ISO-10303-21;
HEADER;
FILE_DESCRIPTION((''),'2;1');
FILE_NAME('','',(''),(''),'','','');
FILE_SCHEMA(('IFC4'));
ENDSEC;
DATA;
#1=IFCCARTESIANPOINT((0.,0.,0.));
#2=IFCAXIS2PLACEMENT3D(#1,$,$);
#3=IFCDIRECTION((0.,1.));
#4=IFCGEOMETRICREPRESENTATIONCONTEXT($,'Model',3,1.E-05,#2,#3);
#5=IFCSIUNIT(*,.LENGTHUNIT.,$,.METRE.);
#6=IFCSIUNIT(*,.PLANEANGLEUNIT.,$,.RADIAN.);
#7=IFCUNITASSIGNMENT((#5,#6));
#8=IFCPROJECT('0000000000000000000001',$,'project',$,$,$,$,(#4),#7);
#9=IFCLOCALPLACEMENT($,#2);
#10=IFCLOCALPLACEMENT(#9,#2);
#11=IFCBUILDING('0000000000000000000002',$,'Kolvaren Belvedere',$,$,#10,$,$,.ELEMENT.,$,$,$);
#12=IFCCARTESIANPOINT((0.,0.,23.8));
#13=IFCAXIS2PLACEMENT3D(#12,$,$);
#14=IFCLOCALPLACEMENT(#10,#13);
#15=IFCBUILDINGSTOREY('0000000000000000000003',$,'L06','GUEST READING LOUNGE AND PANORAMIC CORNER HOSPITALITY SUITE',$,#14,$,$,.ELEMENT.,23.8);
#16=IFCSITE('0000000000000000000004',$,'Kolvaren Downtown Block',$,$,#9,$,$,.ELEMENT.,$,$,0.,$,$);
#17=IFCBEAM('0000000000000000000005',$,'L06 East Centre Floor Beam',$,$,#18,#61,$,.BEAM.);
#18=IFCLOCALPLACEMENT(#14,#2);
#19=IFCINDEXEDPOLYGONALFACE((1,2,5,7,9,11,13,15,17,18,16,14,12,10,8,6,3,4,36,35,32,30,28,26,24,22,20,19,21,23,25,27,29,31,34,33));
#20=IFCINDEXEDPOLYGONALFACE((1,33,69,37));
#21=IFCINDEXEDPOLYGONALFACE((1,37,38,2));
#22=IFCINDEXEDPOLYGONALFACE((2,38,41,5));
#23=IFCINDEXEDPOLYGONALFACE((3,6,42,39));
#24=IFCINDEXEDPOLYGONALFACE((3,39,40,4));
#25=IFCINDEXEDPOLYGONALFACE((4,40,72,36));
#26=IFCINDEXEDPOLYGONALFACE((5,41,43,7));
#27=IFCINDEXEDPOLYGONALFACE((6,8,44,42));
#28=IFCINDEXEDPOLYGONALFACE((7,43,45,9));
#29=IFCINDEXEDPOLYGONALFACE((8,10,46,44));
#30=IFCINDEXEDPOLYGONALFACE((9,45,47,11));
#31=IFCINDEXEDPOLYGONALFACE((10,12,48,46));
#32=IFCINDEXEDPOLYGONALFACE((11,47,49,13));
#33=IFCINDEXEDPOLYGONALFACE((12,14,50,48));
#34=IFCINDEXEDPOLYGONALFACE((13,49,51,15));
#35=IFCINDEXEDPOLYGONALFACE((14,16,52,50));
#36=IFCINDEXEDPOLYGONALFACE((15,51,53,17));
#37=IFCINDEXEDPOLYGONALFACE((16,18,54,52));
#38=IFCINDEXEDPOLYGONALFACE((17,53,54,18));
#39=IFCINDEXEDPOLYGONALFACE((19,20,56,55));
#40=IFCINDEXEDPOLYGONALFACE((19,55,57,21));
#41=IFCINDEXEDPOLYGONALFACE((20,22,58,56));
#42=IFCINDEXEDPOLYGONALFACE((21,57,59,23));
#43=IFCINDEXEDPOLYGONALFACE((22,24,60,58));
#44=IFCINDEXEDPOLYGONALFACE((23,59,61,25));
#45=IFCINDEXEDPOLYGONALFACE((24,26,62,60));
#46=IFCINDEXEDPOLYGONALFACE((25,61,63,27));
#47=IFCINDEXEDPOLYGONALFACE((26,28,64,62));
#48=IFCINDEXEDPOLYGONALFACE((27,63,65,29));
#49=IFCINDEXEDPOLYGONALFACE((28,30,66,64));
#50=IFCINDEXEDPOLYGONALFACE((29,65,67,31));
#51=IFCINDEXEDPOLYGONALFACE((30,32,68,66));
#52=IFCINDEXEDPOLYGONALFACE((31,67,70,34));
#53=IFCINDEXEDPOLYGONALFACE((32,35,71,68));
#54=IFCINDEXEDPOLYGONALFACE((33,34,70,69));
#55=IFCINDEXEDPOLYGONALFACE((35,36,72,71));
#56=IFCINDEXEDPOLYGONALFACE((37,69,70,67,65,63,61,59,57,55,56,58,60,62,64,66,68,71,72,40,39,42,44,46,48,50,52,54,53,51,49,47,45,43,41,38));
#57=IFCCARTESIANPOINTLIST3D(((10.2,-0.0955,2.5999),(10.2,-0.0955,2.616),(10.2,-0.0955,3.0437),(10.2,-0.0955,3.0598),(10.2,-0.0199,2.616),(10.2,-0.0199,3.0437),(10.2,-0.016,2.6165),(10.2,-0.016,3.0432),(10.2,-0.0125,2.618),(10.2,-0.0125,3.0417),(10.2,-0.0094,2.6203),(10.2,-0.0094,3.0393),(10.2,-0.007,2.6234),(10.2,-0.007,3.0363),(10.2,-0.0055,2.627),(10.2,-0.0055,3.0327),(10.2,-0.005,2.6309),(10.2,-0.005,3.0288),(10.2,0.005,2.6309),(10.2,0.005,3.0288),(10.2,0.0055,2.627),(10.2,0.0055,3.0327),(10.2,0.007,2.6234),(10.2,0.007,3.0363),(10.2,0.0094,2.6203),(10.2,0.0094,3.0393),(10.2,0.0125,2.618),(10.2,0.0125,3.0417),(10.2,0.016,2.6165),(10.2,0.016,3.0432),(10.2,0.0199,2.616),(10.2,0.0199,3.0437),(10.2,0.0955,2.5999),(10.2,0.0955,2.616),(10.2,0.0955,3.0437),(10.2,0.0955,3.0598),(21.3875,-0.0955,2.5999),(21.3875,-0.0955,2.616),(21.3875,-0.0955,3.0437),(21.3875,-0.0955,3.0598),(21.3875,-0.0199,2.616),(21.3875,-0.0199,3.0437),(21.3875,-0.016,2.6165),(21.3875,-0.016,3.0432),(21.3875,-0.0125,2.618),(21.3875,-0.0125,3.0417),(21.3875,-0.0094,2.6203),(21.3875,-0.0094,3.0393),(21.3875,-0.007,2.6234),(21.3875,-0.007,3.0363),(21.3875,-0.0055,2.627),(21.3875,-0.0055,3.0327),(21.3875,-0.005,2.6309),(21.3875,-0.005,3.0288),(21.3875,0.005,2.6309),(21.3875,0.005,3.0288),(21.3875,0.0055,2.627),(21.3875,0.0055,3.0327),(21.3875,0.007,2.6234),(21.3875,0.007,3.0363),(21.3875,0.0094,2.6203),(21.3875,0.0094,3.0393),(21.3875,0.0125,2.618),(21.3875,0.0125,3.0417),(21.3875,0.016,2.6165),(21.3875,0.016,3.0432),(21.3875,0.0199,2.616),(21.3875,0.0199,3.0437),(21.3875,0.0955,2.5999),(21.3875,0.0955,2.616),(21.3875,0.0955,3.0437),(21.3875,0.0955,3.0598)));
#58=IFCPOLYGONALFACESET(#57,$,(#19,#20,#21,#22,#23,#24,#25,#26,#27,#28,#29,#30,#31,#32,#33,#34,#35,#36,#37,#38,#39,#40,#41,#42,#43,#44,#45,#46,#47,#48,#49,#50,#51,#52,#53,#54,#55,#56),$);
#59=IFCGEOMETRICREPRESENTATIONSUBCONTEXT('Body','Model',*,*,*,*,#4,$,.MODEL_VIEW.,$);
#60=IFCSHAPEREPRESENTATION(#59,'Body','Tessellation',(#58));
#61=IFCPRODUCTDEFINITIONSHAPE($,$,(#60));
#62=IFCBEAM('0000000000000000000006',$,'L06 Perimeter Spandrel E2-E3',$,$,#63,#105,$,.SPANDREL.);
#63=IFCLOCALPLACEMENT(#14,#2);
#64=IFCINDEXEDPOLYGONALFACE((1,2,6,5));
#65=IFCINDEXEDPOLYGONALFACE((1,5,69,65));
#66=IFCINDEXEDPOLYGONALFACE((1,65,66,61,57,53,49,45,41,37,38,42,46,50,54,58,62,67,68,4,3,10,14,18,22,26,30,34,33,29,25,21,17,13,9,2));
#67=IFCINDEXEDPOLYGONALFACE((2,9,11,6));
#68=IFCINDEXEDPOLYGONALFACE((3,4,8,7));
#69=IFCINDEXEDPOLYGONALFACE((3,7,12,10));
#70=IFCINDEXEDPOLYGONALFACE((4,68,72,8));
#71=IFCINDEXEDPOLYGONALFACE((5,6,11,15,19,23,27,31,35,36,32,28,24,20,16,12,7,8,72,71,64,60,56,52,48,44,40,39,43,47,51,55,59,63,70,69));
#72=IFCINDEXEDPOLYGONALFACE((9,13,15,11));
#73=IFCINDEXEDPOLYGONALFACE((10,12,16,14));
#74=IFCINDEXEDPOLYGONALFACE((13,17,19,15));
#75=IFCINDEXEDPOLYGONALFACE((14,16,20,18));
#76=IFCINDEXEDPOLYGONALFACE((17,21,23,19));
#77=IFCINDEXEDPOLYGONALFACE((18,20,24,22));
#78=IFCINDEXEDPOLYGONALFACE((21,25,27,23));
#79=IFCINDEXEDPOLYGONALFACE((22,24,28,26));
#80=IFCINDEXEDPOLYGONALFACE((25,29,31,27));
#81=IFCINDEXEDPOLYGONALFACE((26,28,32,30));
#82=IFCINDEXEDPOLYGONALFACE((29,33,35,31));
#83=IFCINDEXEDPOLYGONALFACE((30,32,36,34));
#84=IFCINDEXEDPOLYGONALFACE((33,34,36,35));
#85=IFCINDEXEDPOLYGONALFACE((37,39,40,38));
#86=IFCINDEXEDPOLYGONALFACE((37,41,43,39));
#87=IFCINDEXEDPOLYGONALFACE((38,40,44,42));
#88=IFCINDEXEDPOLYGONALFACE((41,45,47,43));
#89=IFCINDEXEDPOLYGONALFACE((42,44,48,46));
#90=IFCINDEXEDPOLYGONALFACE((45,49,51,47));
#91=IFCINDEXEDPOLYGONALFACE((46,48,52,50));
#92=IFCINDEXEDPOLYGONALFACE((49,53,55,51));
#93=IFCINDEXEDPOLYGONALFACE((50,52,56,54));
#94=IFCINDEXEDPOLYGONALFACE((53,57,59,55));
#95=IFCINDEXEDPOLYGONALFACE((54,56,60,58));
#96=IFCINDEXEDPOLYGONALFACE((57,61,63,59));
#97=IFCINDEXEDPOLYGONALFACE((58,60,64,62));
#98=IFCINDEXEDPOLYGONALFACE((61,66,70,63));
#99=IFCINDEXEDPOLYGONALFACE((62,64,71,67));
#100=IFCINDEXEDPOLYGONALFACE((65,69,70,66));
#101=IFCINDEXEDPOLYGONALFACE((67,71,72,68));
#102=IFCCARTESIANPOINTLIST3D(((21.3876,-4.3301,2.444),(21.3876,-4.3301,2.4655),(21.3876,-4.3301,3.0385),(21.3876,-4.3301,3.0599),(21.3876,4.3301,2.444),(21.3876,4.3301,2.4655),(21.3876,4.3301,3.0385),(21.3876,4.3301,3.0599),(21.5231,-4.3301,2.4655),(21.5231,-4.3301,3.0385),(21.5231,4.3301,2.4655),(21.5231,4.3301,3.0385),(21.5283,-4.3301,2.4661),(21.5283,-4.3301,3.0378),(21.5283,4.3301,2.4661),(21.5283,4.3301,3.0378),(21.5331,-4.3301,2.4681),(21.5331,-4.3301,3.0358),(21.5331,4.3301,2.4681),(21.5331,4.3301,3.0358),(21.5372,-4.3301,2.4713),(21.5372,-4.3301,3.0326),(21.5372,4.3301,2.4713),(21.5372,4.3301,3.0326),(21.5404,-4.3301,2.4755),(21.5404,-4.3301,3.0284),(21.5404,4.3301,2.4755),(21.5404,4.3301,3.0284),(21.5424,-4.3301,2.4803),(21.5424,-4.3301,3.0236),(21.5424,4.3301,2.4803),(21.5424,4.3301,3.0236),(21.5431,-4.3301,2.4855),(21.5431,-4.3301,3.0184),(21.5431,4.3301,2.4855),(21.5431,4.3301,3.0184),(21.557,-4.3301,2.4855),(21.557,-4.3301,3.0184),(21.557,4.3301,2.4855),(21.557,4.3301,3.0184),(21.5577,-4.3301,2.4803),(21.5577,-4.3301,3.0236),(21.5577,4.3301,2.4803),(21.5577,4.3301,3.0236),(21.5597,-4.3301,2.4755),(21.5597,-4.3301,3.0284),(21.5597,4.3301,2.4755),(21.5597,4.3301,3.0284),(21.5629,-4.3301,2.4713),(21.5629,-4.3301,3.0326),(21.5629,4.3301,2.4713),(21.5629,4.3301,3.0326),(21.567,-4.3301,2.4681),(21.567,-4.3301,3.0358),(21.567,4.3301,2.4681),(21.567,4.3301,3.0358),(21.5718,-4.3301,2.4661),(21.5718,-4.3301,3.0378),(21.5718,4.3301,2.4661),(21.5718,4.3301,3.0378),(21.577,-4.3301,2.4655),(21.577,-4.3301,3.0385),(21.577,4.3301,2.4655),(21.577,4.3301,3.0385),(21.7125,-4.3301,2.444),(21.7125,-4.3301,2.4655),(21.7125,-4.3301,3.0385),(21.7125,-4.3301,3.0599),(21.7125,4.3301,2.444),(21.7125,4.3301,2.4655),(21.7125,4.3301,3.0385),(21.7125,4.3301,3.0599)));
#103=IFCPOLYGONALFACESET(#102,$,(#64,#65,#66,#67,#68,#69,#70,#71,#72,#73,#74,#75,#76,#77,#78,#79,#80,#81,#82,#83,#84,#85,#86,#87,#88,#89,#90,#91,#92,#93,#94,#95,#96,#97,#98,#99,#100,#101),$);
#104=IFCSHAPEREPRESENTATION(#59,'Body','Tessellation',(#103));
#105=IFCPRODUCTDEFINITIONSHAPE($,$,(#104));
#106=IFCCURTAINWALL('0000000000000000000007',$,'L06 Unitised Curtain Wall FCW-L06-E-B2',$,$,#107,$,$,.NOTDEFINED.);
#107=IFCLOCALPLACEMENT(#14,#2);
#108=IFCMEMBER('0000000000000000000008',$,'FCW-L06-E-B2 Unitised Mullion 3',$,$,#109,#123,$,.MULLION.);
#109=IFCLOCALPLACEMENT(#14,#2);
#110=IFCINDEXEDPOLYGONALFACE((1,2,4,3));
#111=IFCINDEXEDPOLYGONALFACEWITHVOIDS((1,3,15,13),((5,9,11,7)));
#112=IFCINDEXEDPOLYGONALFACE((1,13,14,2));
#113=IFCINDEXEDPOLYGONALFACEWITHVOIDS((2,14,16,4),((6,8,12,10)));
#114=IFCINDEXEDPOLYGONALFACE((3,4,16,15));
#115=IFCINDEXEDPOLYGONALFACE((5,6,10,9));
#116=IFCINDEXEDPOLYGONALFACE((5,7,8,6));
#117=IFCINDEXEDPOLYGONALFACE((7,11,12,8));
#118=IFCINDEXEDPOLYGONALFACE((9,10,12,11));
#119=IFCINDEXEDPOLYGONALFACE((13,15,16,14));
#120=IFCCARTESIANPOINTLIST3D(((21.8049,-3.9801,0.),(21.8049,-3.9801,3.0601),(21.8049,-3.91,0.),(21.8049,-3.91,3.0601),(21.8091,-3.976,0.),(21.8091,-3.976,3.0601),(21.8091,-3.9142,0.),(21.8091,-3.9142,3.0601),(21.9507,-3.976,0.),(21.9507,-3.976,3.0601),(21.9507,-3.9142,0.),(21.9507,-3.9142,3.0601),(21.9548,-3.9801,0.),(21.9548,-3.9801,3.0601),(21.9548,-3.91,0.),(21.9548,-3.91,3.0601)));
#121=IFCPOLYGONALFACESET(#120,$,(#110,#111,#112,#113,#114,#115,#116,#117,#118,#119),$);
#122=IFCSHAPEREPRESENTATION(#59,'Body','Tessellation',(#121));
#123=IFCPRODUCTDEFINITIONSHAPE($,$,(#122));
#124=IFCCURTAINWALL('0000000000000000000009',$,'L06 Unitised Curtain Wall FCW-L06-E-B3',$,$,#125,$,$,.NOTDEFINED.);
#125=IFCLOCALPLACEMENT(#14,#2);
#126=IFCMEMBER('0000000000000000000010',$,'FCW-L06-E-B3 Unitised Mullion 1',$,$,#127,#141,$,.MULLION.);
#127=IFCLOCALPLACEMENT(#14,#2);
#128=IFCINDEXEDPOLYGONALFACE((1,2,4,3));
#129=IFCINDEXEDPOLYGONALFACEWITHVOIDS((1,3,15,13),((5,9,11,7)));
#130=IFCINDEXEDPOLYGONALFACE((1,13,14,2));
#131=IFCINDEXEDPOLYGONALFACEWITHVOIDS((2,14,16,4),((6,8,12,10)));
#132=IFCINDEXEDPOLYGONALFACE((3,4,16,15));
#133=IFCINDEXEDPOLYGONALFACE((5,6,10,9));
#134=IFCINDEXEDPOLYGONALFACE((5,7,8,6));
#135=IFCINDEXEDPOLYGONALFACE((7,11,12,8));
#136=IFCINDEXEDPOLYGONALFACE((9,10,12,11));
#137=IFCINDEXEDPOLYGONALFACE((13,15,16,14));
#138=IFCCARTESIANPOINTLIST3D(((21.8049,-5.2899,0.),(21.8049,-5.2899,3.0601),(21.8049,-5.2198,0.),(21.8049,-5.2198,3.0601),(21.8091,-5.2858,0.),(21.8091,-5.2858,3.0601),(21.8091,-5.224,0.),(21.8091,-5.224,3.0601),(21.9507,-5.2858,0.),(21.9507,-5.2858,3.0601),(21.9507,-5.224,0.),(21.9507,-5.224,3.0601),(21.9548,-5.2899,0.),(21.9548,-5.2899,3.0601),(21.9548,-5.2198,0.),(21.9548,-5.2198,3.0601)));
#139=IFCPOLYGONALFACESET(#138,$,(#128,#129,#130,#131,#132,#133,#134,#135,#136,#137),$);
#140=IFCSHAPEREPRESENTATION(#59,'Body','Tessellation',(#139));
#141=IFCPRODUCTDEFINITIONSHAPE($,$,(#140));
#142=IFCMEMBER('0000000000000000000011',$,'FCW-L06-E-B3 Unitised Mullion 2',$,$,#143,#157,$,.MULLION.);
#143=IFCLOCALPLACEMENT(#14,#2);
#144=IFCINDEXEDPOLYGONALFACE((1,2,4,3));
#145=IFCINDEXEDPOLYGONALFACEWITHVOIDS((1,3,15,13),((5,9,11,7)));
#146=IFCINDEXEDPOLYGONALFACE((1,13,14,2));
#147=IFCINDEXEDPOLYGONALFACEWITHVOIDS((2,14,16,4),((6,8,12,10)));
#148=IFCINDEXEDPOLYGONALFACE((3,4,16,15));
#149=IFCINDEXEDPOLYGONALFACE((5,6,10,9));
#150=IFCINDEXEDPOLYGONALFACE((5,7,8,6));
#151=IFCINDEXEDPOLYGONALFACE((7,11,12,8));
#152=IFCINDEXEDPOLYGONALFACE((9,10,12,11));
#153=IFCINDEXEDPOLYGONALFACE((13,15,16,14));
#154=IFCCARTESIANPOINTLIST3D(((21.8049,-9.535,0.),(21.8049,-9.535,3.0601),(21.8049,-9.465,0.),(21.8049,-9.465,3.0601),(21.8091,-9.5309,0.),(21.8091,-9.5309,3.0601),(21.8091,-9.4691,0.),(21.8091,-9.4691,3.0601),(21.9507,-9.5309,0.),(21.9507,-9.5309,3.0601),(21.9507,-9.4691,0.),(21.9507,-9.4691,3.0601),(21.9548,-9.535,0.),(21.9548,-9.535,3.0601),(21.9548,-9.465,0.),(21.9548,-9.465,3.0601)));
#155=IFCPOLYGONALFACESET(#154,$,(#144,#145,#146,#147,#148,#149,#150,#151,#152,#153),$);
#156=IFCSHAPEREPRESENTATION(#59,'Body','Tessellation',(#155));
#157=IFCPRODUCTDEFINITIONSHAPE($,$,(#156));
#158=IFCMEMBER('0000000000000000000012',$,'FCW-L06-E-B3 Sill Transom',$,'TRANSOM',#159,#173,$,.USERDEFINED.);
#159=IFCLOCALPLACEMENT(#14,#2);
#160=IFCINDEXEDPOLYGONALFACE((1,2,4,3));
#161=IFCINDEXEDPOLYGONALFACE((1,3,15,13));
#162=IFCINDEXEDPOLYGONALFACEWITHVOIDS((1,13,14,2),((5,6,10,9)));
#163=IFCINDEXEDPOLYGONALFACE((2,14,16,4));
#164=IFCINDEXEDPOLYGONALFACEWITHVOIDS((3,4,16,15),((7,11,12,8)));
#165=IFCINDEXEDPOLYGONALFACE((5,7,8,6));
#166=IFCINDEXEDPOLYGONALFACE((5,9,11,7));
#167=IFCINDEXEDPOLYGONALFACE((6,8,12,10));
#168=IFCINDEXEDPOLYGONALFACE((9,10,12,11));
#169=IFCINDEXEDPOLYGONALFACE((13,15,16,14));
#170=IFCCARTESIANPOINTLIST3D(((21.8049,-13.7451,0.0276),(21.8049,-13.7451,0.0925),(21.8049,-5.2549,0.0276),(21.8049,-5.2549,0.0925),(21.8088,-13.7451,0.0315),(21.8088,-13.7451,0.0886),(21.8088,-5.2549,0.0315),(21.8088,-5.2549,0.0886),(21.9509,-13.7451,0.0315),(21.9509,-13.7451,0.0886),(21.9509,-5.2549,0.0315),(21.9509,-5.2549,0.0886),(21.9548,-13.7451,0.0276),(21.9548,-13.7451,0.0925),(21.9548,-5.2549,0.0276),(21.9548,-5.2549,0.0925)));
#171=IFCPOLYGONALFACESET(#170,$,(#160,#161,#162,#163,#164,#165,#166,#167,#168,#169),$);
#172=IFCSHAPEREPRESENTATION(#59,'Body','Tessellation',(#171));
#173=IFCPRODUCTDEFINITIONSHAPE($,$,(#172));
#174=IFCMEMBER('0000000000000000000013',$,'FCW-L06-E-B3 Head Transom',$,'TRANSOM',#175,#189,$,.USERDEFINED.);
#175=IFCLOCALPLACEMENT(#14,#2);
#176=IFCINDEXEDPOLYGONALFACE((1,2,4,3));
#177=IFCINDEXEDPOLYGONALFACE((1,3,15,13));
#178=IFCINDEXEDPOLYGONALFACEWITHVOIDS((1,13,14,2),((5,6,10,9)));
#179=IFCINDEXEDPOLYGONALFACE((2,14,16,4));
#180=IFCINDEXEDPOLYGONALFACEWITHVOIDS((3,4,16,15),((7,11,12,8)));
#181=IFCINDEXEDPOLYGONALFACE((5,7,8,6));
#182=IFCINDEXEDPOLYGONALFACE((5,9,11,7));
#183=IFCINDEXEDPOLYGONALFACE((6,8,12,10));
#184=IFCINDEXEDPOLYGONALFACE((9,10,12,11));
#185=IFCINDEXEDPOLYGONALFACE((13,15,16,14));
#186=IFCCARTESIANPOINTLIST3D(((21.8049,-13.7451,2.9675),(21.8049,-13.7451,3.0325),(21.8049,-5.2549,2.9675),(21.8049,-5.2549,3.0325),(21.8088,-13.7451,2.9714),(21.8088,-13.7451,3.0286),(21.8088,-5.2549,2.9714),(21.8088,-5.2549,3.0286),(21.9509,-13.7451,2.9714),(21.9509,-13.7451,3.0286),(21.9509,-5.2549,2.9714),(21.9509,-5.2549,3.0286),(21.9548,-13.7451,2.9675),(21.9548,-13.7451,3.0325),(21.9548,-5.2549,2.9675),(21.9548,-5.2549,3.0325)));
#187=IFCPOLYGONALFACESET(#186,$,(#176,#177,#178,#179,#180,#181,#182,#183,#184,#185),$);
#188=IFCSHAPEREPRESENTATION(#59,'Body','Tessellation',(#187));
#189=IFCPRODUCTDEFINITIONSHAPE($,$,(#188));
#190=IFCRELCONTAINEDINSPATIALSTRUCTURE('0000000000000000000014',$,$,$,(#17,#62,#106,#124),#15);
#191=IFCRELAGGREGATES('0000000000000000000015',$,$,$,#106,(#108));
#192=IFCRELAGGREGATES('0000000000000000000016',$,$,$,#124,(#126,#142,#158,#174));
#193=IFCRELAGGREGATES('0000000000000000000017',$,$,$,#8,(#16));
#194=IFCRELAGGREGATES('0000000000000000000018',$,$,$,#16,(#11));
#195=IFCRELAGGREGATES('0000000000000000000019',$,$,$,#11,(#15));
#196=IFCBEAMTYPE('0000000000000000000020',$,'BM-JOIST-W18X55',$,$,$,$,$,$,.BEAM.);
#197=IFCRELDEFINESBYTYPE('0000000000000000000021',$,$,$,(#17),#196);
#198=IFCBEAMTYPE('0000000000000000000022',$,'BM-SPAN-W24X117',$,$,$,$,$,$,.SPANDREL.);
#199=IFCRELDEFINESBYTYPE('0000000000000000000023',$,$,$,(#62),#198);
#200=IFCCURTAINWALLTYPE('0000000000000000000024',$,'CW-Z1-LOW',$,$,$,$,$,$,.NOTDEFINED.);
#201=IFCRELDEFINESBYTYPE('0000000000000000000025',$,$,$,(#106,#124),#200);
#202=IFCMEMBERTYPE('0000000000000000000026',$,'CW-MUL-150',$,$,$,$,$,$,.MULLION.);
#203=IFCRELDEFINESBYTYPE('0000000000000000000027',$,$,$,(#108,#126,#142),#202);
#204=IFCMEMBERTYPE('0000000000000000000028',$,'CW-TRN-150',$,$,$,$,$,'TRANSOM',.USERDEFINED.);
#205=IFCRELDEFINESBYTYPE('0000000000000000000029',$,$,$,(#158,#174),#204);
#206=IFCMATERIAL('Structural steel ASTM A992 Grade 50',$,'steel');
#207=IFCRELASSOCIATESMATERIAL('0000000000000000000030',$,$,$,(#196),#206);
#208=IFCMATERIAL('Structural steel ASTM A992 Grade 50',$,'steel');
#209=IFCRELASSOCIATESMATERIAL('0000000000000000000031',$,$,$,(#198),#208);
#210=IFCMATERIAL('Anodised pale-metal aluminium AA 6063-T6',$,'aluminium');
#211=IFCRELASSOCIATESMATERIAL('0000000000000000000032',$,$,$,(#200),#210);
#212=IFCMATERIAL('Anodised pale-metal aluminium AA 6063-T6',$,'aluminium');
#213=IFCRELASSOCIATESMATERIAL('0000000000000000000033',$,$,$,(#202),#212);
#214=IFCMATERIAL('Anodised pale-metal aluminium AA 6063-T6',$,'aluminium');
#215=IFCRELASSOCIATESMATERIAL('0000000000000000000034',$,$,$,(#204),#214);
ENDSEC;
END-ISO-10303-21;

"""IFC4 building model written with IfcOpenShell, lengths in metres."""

from ifc_helpers import new_model, si_unit, direction, frame, origin, origin_2d, place, context, subcontext, project, spatial, hollow_rectangle, i_section, extrude, material, material_profile, profile_set, type_object, element, aggregate, save


model = new_model("IFC4")

# Units and contexts
model_context = context("Model", 3, precision=1e-05, world=origin(), true_north=direction((0.0, 1.0)))
body_context = subcontext(model_context, "Body", "Model", "MODEL_VIEW")
ifc_project = project(units=[si_unit("LENGTHUNIT", "METRE"), si_unit("PLANEANGLEUNIT", "RADIAN")], contexts=[model_context])

# Site, building, storey
site_placement = place(None, origin())
site = spatial("IfcSite", under=ifc_project, at=site_placement, Name="Kolvaren Downtown Block", CompositionType="ELEMENT", RefElevation=0.0)
building_placement = place(site_placement, origin())
building = spatial("IfcBuilding", under=site, at=building_placement, Name="Kolvaren Belvedere", CompositionType="ELEMENT")
storey_placement = place(building_placement, frame((0.0, 0.0, 23.8)))
storey = spatial("IfcBuildingStorey", under=building, at=storey_placement, Name="L06", Description="GUEST READING LOUNGE AND PANORAMIC CORNER HOSPITALITY SUITE", CompositionType="ELEMENT", Elevation=23.8)

# Beams
ifc_material_1 = material(Name="Structural steel ASTM A992 Grade 50", Category="steel")
ifc_material_profile_1 = material_profile(ifc_material_1, i_section(OverallWidth=0.1909, OverallDepth=0.46, WebThickness=0.01, FlangeThickness=0.0161, FilletRadius=0.0149, at=origin_2d()), Name="W18X55")
ifc_profile_set_1 = profile_set([ifc_material_profile_1], Name="Structural steel ASTM A992 Grade 50")
beam_type_1 = type_object("IfcBeamType", Name="BM-JOIST-W18X55", PredefinedType="BEAM", material=ifc_profile_set_1)
beam_1_placement = place(storey_placement, frame((10.2, 0.0, 2.8298), z_axis=(1.0, 0.0, 0.0), x_axis=(0.0, 1.0, 0.0)))
element("IfcBeam", 1, at=beam_1_placement, inside=storey, type_object=beam_type_1, Name="L06 East Centre Floor Beam", PredefinedType="BEAM", context=body_context, shape_type="SweptSolid", body=[
    extrude(i_section(OverallWidth=0.1909, OverallDepth=0.46, WebThickness=0.01, FlangeThickness=0.0161, FilletRadius=0.0149, at=origin_2d()), origin(), (0.0, 0.0, 1.0), 11.1875),
])
ifc_material_2 = material(Name="Structural steel ASTM A992 Grade 50", Category="steel")
ifc_material_profile_2 = material_profile(ifc_material_2, i_section(OverallWidth=0.325, OverallDepth=0.616, WebThickness=0.0139, FlangeThickness=0.0215, FilletRadius=0.02, at=origin_2d()), Name="W24X117")
ifc_profile_set_2 = profile_set([ifc_material_profile_2], Name="Structural steel ASTM A992 Grade 50")
beam_type_2 = type_object("IfcBeamType", Name="BM-SPAN-W24X117", PredefinedType="SPANDREL", material=ifc_profile_set_2)
beam_2_placement = place(storey_placement, frame((21.55, -4.3301, 2.752), z_axis=(0.0, 1.0, 0.0), x_axis=(-1.0, 0.0, 0.0)))
element("IfcBeam", 2, at=beam_2_placement, inside=storey, type_object=beam_type_2, Name="L06 Perimeter Spandrel E2-E3", PredefinedType="SPANDREL", context=body_context, shape_type="SweptSolid", body=[
    extrude(i_section(OverallWidth=0.325, OverallDepth=0.616, WebThickness=0.0139, FlangeThickness=0.0215, FilletRadius=0.02, at=origin_2d()), origin(), (0.0, 0.0, 1.0), 8.6602),
])

# Curtain wall, member
ifc_material_3 = material(Name="Anodised pale-metal aluminium AA 6063-T6", Category="aluminium")
curtain_wall_type = type_object("IfcCurtainWallType", Name="CW-Z1-LOW", PredefinedType="NOTDEFINED", material=ifc_material_3)
curtain_wall_1_placement = place(storey_placement, origin())
curtain_wall_1 = element("IfcCurtainWall", 3, at=curtain_wall_1_placement, inside=storey, type_object=curtain_wall_type, Name="L06 Unitised Curtain Wall FCW-L06-E-B2", PredefinedType="NOTDEFINED")
ifc_material_4 = material(Name="Anodised pale-metal aluminium AA 6063-T6", Category="aluminium")
ifc_material_profile_3 = material_profile(ifc_material_4, hollow_rectangle(XDim=0.0701, YDim=0.1499, WallThickness=0.0042, at=origin_2d()), Name="ALU-MUL-150X70")
ifc_profile_set_3 = profile_set([ifc_material_profile_3], Name="Anodised pale-metal aluminium AA 6063-T6")
member_type_1 = type_object("IfcMemberType", Name="CW-MUL-150", PredefinedType="MULLION", material=ifc_profile_set_3)
member_1_placement = place(storey_placement, frame((21.8799, -3.9451, 0.0), z_axis=(0.0, 0.0, 1.0), x_axis=(0.0, 1.0, 0.0)))
member_1 = element("IfcMember", 4, at=member_1_placement, type_object=member_type_1, Name="FCW-L06-E-B2 Unitised Mullion 3", PredefinedType="MULLION", context=body_context, shape_type="SweptSolid", body=[
    extrude(hollow_rectangle(XDim=0.0701, YDim=0.1499, WallThickness=0.0042, at=origin_2d()), origin(), (0.0, 0.0, 1.0), 3.0601),
])

# Curtain wall, members
curtain_wall_2_placement = place(storey_placement, origin())
curtain_wall_2 = element("IfcCurtainWall", 5, at=curtain_wall_2_placement, inside=storey, type_object=curtain_wall_type, Name="L06 Unitised Curtain Wall FCW-L06-E-B3", PredefinedType="NOTDEFINED")
member_2_placement = place(storey_placement, frame((21.8799, -5.2549, 0.0), z_axis=(0.0, 0.0, 1.0), x_axis=(0.0, 1.0, 0.0)))
member_2 = element("IfcMember", 6, at=member_2_placement, type_object=member_type_1, Name="FCW-L06-E-B3 Unitised Mullion 1", PredefinedType="MULLION", context=body_context, shape_type="SweptSolid", body=[
    extrude(hollow_rectangle(XDim=0.0701, YDim=0.1499, WallThickness=0.0042, at=origin_2d()), origin(), (0.0, 0.0, 1.0), 3.0601),
])
member_3_placement = place(storey_placement, frame((21.8799, -9.5, 0.0), z_axis=(0.0, 0.0, 1.0), x_axis=(0.0, 1.0, 0.0)))
member_3 = element("IfcMember", 7, at=member_3_placement, type_object=member_type_1, Name="FCW-L06-E-B3 Unitised Mullion 2", PredefinedType="MULLION", context=body_context, shape_type="SweptSolid", body=[
    extrude(hollow_rectangle(XDim=0.0701, YDim=0.1499, WallThickness=0.0042, at=origin_2d()), origin(), (0.0, 0.0, 1.0), 3.0601),
])
ifc_material_5 = material(Name="Anodised pale-metal aluminium AA 6063-T6", Category="aluminium")
ifc_material_profile_4 = material_profile(ifc_material_5, hollow_rectangle(XDim=0.0649, YDim=0.1499, WallThickness=0.0039, at=origin_2d()), Name="ALU-TRN-150X65")
ifc_profile_set_4 = profile_set([ifc_material_profile_4], Name="Anodised pale-metal aluminium AA 6063-T6")
member_type_2 = type_object("IfcMemberType", Name="CW-TRN-150", ElementType="TRANSOM", PredefinedType="USERDEFINED", material=ifc_profile_set_4)
member_4_placement = place(storey_placement, frame((21.8799, -5.2549, 0.0601), z_axis=(0.0, -1.0, 0.0), x_axis=(0.0, 0.0, 1.0)))
member_4 = element("IfcMember", 8, at=member_4_placement, type_object=member_type_2, Name="FCW-L06-E-B3 Sill Transom", ObjectType="TRANSOM", PredefinedType="USERDEFINED", context=body_context, shape_type="SweptSolid", body=[
    extrude(hollow_rectangle(XDim=0.0649, YDim=0.1499, WallThickness=0.0039, at=origin_2d()), origin(), (0.0, 0.0, 1.0), 8.4902),
])
member_5_placement = place(storey_placement, frame((21.8799, -5.2549, 3.0), z_axis=(0.0, -1.0, 0.0), x_axis=(0.0, 0.0, 1.0)))
member_5 = element("IfcMember", 9, at=member_5_placement, type_object=member_type_2, Name="FCW-L06-E-B3 Head Transom", ObjectType="TRANSOM", PredefinedType="USERDEFINED", context=body_context, shape_type="SweptSolid", body=[
    extrude(hollow_rectangle(XDim=0.0649, YDim=0.1499, WallThickness=0.0039, at=origin_2d()), origin(), (0.0, 0.0, 1.0), 8.4902),
])

aggregate(curtain_wall_1, [member_1])
aggregate(curtain_wall_2, [member_2, member_3, member_4, member_5])

save(model, "model.ifc")
